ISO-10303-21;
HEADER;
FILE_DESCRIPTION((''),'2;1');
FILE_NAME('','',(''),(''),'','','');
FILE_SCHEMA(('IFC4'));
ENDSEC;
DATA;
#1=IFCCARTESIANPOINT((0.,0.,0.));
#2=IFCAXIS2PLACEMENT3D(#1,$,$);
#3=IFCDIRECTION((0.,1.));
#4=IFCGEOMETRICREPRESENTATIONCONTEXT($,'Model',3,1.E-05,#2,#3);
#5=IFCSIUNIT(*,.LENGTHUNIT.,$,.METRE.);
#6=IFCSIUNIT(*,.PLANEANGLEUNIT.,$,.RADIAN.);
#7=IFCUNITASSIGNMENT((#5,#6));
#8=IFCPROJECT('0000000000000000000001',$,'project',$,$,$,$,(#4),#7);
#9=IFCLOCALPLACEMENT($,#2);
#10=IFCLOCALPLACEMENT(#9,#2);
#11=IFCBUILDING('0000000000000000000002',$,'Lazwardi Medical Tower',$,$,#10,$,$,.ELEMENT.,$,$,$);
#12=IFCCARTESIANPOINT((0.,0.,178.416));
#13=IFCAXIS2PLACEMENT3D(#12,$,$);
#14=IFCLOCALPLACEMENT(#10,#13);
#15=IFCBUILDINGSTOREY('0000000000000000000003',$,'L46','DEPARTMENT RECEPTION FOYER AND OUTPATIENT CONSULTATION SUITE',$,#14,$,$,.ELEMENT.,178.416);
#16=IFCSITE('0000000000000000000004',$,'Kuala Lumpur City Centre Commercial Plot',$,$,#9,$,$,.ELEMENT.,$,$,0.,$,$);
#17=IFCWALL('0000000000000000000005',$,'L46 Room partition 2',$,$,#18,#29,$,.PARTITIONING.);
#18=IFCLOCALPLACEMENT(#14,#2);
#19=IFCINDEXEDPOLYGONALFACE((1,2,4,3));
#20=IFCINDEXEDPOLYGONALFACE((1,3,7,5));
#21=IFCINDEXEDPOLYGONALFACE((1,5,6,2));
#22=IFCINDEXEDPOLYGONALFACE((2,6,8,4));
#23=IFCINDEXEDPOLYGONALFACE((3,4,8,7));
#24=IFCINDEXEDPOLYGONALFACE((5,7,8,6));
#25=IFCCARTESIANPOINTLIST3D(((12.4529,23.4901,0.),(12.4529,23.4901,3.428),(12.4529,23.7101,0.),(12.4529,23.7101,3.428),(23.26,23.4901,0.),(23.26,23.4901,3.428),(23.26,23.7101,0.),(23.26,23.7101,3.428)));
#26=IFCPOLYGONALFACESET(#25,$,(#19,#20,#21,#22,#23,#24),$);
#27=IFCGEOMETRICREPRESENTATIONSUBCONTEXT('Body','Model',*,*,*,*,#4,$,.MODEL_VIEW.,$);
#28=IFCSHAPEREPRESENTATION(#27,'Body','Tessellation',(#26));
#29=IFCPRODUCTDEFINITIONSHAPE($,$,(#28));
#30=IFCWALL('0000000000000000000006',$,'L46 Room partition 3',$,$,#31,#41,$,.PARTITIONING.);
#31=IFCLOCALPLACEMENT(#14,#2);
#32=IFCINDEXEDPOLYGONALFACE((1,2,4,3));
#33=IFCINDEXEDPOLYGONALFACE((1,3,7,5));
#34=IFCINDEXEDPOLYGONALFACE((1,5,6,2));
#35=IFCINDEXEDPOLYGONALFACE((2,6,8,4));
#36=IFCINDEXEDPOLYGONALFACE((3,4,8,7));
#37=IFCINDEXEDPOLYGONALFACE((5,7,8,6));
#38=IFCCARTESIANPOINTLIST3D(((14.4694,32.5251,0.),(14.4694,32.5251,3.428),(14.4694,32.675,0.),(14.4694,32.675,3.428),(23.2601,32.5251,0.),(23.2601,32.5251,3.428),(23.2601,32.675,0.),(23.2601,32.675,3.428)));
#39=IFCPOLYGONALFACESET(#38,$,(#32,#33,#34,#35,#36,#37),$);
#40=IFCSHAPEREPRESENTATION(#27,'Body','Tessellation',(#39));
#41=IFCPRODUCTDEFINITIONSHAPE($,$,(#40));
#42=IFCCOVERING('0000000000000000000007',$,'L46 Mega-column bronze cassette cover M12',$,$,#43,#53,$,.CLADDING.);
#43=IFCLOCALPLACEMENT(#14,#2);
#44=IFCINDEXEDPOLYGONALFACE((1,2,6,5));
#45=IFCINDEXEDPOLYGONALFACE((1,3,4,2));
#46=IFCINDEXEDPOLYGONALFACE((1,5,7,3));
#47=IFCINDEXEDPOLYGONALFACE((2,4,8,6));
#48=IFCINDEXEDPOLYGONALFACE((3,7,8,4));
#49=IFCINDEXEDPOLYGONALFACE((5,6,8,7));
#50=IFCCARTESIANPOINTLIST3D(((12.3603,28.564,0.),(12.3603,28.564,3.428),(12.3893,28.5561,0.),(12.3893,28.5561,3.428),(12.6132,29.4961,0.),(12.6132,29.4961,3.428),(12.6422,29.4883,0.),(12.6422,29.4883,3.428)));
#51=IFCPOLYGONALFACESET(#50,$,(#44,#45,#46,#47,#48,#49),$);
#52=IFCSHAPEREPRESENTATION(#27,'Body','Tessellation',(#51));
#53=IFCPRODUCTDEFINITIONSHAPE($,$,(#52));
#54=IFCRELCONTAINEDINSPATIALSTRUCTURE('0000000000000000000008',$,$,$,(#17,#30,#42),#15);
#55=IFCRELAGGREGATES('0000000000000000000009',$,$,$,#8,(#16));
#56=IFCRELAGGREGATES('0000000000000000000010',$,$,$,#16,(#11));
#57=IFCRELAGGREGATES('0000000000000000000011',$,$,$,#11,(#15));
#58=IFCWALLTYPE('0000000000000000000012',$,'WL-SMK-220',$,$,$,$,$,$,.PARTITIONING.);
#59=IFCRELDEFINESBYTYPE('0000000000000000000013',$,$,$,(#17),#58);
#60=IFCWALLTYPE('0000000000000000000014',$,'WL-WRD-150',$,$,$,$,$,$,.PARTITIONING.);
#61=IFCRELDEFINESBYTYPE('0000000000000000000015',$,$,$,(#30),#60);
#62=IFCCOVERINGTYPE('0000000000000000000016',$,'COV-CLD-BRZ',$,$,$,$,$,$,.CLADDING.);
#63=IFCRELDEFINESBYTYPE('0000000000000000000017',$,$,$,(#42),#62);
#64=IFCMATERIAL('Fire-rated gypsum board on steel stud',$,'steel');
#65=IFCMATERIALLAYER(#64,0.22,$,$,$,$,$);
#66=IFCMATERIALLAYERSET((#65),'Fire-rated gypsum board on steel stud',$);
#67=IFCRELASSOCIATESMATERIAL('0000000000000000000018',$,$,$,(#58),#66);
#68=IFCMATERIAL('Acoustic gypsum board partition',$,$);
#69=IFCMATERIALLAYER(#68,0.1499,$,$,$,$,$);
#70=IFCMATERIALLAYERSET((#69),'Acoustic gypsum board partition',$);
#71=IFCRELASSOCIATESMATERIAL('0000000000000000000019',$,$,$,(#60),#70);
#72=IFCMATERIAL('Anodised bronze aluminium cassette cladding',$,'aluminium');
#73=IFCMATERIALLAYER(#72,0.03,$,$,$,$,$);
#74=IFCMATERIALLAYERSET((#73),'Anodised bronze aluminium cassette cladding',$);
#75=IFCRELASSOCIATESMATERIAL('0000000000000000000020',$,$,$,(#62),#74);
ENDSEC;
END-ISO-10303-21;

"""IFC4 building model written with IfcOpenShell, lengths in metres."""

from ifc_helpers import new_model, si_unit, direction, frame, frame_2d, origin, origin_2d, place, context, subcontext, project, spatial, rectangle, extrude, material, layer, layer_set, type_object, element, save


model = new_model("IFC4")

# Units and contexts
model_context = context("Model", 3, precision=1e-05, world=origin(), true_north=direction((0.0, 1.0)))
body_context = subcontext(model_context, "Body", "Model", "MODEL_VIEW")
ifc_project = project(units=[si_unit("LENGTHUNIT", "METRE"), si_unit("PLANEANGLEUNIT", "RADIAN")], contexts=[model_context])

# Site, building, storey
site_placement = place(None, origin())
site = spatial("IfcSite", under=ifc_project, at=site_placement, Name="Kuala Lumpur City Centre Commercial Plot", CompositionType="ELEMENT", RefElevation=0.0)
building_placement = place(site_placement, origin())
building = spatial("IfcBuilding", under=site, at=building_placement, Name="Lazwardi Medical Tower", CompositionType="ELEMENT")
storey_placement = place(building_placement, frame((0.0, 0.0, 178.416)))
storey = spatial("IfcBuildingStorey", under=building, at=storey_placement, Name="L46", Description="DEPARTMENT RECEPTION FOYER AND OUTPATIENT CONSULTATION SUITE", CompositionType="ELEMENT", Elevation=178.416)

# Walls
ifc_material_1 = material(Name="Fire-rated gypsum board on steel stud", Category="steel")
ifc_layer_1 = layer(ifc_material_1, 0.22)
ifc_layer_set_1 = layer_set([ifc_layer_1], Name="Fire-rated gypsum board on steel stud")
wall_type_1 = type_object("IfcWallType", Name="WL-SMK-220", PredefinedType="PARTITIONING", material=ifc_layer_set_1)
wall_1_placement = place(storey_placement, frame((12.4529, 23.6001, 0.0), z_axis=(0.0, 0.0, 1.0), x_axis=(1.0, 0.0, 0.0)))
element("IfcWall", 1, at=wall_1_placement, inside=storey, type_object=wall_type_1, Name="L46 Room partition 2", PredefinedType="PARTITIONING", context=body_context, shape_type="SweptSolid", body=[
    extrude(rectangle(XDim=10.8071, YDim=0.22, at=frame_2d((5.4036, 0.0))), origin(), (0.0, 0.0, 1.0), 3.428),
])
ifc_material_2 = material(Name="Acoustic gypsum board partition")
ifc_layer_2 = layer(ifc_material_2, 0.1499)
ifc_layer_set_2 = layer_set([ifc_layer_2], Name="Acoustic gypsum board partition")
wall_type_2 = type_object("IfcWallType", Name="WL-WRD-150", PredefinedType="PARTITIONING", material=ifc_layer_set_2)
wall_2_placement = place(storey_placement, frame((14.4692, 32.6001, 0.0), z_axis=(0.0, 0.0, 1.0), x_axis=(1.0, 0.0, 0.0)))
element("IfcWall", 2, at=wall_2_placement, inside=storey, type_object=wall_type_2, Name="L46 Room partition 3", PredefinedType="PARTITIONING", context=body_context, shape_type="SweptSolid", body=[
    extrude(rectangle(XDim=8.7908, YDim=0.1499, at=frame_2d((4.3955, 0.0))), origin(), (0.0, 0.0, 1.0), 3.428),
])

# Covering
ifc_material_3 = material(Name="Anodised bronze aluminium cassette cladding", Category="aluminium")
ifc_layer_3 = layer(ifc_material_3, 0.03)
ifc_layer_set_3 = layer_set([ifc_layer_3], Name="Anodised bronze aluminium cassette cladding")
covering_type = type_object("IfcCoveringType", Name="COV-CLD-BRZ", PredefinedType="CLADDING", material=ifc_layer_set_3)
covering_placement = place(storey_placement, frame((12.5012, 29.0261, 0.0), z_axis=(0.0, 0.0, 1.0), x_axis=(-0.261829, -0.965114, 0.0)))
element("IfcCovering", 3, at=covering_placement, inside=storey, type_object=covering_type, Name="L46 Mega-column bronze cassette cover M12", PredefinedType="CLADDING", context=body_context, shape_type="SweptSolid", body=[
    extrude(rectangle(XDim=0.9658, YDim=0.03, at=origin_2d()), origin(), (0.0, 0.0, 1.0), 3.428),
])

save(model, "model.ifc")
